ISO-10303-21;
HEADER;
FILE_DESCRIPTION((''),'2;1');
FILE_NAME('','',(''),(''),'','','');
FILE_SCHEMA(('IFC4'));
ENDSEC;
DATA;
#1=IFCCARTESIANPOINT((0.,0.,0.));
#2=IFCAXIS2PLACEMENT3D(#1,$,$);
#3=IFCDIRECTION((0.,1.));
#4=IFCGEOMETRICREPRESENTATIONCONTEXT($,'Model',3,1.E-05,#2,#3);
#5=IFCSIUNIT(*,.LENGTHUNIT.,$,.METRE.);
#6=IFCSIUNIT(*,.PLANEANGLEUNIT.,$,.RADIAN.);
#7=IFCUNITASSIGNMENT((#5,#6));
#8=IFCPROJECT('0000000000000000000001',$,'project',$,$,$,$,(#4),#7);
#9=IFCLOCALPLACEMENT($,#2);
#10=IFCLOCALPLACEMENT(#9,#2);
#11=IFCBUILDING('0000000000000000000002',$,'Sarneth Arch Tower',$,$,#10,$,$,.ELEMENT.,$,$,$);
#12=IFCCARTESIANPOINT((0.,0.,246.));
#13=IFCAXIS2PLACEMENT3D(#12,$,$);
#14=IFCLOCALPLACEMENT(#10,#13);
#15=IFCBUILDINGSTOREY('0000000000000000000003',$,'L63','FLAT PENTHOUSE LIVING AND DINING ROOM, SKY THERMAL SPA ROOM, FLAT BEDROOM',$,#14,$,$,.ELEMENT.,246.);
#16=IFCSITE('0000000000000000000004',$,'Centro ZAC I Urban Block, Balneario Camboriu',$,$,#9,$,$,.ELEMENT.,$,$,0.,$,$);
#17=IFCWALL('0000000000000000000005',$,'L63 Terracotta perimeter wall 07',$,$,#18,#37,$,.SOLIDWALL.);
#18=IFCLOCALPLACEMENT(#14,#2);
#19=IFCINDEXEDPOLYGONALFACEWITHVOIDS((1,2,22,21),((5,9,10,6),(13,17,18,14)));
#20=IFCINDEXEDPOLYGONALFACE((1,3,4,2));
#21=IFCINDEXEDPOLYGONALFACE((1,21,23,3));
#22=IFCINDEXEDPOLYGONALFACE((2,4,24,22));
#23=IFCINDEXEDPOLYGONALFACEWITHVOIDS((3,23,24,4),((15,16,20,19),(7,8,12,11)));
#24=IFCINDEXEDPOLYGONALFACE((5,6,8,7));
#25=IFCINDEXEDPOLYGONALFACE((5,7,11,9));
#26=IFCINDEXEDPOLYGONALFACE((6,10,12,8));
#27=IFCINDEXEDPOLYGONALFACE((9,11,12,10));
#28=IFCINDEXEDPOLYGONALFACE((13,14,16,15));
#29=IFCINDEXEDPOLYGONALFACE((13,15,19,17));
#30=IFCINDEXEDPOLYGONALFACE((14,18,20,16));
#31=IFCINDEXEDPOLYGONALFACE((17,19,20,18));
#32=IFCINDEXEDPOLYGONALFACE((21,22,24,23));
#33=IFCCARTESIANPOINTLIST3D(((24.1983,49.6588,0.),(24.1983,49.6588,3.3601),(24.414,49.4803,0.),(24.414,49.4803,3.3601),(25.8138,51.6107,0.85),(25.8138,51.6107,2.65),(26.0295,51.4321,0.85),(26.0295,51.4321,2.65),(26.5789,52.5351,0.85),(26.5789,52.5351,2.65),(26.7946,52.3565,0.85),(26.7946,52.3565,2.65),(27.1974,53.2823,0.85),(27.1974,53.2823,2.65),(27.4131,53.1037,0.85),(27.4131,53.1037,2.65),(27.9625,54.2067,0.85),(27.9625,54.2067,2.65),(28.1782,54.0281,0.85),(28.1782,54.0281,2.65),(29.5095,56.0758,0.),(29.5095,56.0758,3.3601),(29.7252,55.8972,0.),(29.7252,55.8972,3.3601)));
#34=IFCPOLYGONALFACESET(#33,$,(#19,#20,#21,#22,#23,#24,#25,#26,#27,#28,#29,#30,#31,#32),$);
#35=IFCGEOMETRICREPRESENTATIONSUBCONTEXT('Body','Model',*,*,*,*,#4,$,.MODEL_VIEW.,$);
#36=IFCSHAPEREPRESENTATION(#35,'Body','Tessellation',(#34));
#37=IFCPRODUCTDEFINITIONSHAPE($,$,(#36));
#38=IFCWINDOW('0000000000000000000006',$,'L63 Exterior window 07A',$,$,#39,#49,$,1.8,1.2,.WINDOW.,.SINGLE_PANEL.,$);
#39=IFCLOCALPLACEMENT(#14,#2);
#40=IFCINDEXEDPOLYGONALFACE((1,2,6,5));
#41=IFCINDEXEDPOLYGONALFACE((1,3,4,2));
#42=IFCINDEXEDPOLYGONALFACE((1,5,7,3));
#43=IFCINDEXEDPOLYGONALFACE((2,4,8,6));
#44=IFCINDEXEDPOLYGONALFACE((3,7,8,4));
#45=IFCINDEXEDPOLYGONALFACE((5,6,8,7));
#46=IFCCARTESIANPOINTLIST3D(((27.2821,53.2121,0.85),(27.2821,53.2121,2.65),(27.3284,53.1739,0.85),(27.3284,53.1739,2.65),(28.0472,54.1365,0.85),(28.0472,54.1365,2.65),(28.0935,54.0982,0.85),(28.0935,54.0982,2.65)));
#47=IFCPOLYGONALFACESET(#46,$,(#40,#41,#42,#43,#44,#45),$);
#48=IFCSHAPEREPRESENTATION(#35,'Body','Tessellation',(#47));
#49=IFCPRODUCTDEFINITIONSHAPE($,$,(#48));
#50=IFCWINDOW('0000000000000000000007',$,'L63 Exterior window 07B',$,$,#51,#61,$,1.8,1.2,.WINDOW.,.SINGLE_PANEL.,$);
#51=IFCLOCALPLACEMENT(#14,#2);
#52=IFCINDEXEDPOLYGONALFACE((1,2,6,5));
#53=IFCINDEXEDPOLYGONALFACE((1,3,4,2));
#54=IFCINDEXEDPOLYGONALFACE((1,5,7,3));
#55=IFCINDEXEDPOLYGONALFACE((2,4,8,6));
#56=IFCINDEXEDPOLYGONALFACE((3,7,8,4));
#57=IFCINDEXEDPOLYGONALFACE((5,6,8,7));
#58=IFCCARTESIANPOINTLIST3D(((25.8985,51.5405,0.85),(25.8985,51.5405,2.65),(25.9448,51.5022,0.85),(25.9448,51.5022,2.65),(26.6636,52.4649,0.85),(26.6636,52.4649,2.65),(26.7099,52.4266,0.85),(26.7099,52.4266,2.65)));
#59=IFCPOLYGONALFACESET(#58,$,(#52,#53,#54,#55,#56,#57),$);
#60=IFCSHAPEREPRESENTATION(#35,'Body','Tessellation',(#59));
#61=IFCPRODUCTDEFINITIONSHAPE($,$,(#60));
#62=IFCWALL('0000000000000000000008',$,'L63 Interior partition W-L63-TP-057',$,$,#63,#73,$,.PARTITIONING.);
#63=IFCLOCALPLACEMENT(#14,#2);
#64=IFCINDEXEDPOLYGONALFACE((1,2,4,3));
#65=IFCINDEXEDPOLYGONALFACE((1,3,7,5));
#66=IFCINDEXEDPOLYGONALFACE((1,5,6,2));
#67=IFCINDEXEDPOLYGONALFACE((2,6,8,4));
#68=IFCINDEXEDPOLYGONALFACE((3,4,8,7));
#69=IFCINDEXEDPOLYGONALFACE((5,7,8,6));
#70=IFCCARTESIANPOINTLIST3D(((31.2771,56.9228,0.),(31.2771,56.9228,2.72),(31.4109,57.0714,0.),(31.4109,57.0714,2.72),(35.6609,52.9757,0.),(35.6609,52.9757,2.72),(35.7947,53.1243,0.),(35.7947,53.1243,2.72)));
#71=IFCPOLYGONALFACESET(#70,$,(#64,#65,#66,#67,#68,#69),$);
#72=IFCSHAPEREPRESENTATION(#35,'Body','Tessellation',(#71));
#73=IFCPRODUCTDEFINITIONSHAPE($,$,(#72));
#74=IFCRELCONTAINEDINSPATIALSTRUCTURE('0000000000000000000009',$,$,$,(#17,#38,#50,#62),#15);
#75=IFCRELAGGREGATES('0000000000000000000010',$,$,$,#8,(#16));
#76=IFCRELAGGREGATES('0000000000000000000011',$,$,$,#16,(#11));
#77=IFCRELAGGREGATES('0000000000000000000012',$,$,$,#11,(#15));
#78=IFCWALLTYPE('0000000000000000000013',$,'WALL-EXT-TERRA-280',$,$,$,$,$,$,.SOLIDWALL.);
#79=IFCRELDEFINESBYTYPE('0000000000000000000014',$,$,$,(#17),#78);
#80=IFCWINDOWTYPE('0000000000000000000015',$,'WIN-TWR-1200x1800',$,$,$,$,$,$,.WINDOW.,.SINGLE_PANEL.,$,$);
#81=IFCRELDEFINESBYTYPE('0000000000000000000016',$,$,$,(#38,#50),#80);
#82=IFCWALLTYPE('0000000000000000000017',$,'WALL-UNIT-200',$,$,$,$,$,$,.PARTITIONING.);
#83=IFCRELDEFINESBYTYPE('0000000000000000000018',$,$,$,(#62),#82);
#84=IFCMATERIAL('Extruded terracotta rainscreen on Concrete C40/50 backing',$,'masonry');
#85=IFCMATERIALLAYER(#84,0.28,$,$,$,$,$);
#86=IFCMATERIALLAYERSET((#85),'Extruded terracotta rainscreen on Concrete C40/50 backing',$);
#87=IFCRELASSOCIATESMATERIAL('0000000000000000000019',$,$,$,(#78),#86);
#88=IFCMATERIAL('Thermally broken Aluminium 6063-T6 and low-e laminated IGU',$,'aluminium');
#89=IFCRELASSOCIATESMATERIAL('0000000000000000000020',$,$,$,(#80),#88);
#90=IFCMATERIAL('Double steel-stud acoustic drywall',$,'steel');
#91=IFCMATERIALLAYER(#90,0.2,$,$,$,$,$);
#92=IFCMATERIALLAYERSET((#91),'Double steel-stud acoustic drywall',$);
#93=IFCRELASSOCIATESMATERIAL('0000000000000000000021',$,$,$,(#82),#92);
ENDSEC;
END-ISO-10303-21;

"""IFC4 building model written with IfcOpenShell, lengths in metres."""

from ifc_helpers import new_model, si_unit, direction, frame, frame_2d, origin, place, context, subcontext, project, spatial, rectangle, extrude, material, layer, layer_set, type_object, element, fill, save


model = new_model("IFC4")

# Units and contexts
model_context = context("Model", 3, precision=1e-05, world=origin(), true_north=direction((0.0, 1.0)))
body_context = subcontext(model_context, "Body", "Model", "MODEL_VIEW")
ifc_project = project(units=[si_unit("LENGTHUNIT", "METRE"), si_unit("PLANEANGLEUNIT", "RADIAN")], contexts=[model_context])

# Site, building, storey
site_placement = place(None, origin())
site = spatial("IfcSite", under=ifc_project, at=site_placement, Name="Centro ZAC I Urban Block, Balneario Camboriu", CompositionType="ELEMENT", RefElevation=0.0)
building_placement = place(site_placement, origin())
building = spatial("IfcBuilding", under=site, at=building_placement, Name="Sarneth Arch Tower", CompositionType="ELEMENT")
storey_placement = place(building_placement, frame((0.0, 0.0, 246.0)))
storey = spatial("IfcBuildingStorey", under=building, at=storey_placement, Name="L63", Description="FLAT PENTHOUSE LIVING AND DINING ROOM, SKY THERMAL SPA ROOM, FLAT BEDROOM", CompositionType="ELEMENT", Elevation=246.0)

# Wall, openings, windows
ifc_material_1 = material(Name="Extruded terracotta rainscreen on Concrete C40/50 backing", Category="masonry")
ifc_layer_1 = layer(ifc_material_1, 0.28)
ifc_layer_set_1 = layer_set([ifc_layer_1], Name="Extruded terracotta rainscreen on Concrete C40/50 backing")
wall_type_1 = type_object("IfcWallType", Name="WALL-EXT-TERRA-280", PredefinedType="SOLIDWALL", material=ifc_layer_set_1)
wall_1_placement = place(storey_placement, frame((29.6174, 55.9866, 0.0), z_axis=(0.0, 0.0, 1.0), x_axis=(-0.637615, -0.770355, 0.0)))
wall_1 = element("IfcWall", 1, at=wall_1_placement, inside=storey, type_object=wall_type_1, Name="L63 Terracotta perimeter wall 07", PredefinedType="SOLIDWALL", context=body_context, shape_type="SweptSolid", body=[
    extrude(rectangle(XDim=8.3298, YDim=0.28, at=frame_2d((4.165, 0.0))), origin(), (0.0, 0.0, 1.0), 3.3601),
])
opening_1_placement = place(wall_1_placement, frame((2.4263, 0.0, 0.8501)))
opening_1 = element("IfcOpeningElement", 2, at=opening_1_placement, cuts=wall_1, PredefinedType="OPENING", context=body_context, shape_type="SweptSolid", body=[
    extrude(rectangle(XDim=1.2, YDim=1.8, at=frame_2d((0.6001, 0.8999))), frame((0.0, 0.1499, 0.0), z_axis=(0.0, -1.0, 0.0), x_axis=(1.0, 0.0, 0.0)), (0.0, 0.0, 1.0), 0.3),
])
opening_2_placement = place(wall_1_placement, frame((4.5962, 0.0, 0.8501)))
opening_2 = element("IfcOpeningElement", 3, at=opening_2_placement, cuts=wall_1, PredefinedType="OPENING", context=body_context, shape_type="SweptSolid", body=[
    extrude(rectangle(XDim=1.2, YDim=1.8, at=frame_2d((0.6001, 0.8999))), frame((0.0, 0.1499, 0.0), z_axis=(0.0, -1.0, 0.0), x_axis=(1.0, 0.0, 0.0)), (0.0, 0.0, 1.0), 0.3),
])
ifc_material_2 = material(Name="Thermally broken Aluminium 6063-T6 and low-e laminated IGU", Category="aluminium")
window_type = type_object("IfcWindowType", Name="WIN-TWR-1200x1800", PartitioningType="SINGLE_PANEL", PredefinedType="WINDOW", material=ifc_material_2)
window_1_placement = place(opening_1_placement, origin())
window_1 = element("IfcWindow", 4, at=window_1_placement, inside=storey, type_object=window_type, Name="L63 Exterior window 07A", OverallHeight=1.8, OverallWidth=1.2, PartitioningType="SINGLE_PANEL", PredefinedType="WINDOW", context=body_context, shape_type="SweptSolid", body=[
    extrude(rectangle(XDim=1.2, YDim=1.8, at=frame_2d((0.6001, 0.8999))), frame((0.0, 0.03, 0.0), z_axis=(0.0, -1.0, 0.0), x_axis=(1.0, 0.0, 0.0)), (0.0, 0.0, 1.0), 0.0601),
])
fill(opening_1, window_1)
window_2_placement = place(opening_2_placement, origin())
window_2 = element("IfcWindow", 5, at=window_2_placement, inside=storey, type_object=window_type, Name="L63 Exterior window 07B", OverallHeight=1.8, OverallWidth=1.2, PartitioningType="SINGLE_PANEL", PredefinedType="WINDOW", context=body_context, shape_type="SweptSolid", body=[
    extrude(rectangle(XDim=1.2, YDim=1.8, at=frame_2d((0.6001, 0.8999))), frame((0.0, 0.03, 0.0), z_axis=(0.0, -1.0, 0.0), x_axis=(1.0, 0.0, 0.0)), (0.0, 0.0, 1.0), 0.0601),
])
fill(opening_2, window_2)

# Wall
ifc_material_3 = material(Name="Double steel-stud acoustic drywall", Category="steel")
ifc_layer_2 = layer(ifc_material_3, 0.2)
ifc_layer_set_2 = layer_set([ifc_layer_2], Name="Double steel-stud acoustic drywall")
wall_type_2 = type_object("IfcWallType", Name="WALL-UNIT-200", PredefinedType="PARTITIONING", material=ifc_layer_set_2)
wall_2_placement = place(storey_placement, frame((31.344, 56.9971, 0.0), z_axis=(0.0, 0.0, 1.0), x_axis=(0.743158, -0.669116, 0.0)))
element("IfcWall", 6, at=wall_2_placement, inside=storey, type_object=wall_type_2, Name="L63 Interior partition W-L63-TP-057", PredefinedType="PARTITIONING", context=body_context, shape_type="SweptSolid", body=[
    extrude(rectangle(XDim=5.8989, YDim=0.2, at=frame_2d((2.9495, 0.0))), origin(), (0.0, 0.0, 1.0), 2.72),
])

save(model, "model.ifc")
